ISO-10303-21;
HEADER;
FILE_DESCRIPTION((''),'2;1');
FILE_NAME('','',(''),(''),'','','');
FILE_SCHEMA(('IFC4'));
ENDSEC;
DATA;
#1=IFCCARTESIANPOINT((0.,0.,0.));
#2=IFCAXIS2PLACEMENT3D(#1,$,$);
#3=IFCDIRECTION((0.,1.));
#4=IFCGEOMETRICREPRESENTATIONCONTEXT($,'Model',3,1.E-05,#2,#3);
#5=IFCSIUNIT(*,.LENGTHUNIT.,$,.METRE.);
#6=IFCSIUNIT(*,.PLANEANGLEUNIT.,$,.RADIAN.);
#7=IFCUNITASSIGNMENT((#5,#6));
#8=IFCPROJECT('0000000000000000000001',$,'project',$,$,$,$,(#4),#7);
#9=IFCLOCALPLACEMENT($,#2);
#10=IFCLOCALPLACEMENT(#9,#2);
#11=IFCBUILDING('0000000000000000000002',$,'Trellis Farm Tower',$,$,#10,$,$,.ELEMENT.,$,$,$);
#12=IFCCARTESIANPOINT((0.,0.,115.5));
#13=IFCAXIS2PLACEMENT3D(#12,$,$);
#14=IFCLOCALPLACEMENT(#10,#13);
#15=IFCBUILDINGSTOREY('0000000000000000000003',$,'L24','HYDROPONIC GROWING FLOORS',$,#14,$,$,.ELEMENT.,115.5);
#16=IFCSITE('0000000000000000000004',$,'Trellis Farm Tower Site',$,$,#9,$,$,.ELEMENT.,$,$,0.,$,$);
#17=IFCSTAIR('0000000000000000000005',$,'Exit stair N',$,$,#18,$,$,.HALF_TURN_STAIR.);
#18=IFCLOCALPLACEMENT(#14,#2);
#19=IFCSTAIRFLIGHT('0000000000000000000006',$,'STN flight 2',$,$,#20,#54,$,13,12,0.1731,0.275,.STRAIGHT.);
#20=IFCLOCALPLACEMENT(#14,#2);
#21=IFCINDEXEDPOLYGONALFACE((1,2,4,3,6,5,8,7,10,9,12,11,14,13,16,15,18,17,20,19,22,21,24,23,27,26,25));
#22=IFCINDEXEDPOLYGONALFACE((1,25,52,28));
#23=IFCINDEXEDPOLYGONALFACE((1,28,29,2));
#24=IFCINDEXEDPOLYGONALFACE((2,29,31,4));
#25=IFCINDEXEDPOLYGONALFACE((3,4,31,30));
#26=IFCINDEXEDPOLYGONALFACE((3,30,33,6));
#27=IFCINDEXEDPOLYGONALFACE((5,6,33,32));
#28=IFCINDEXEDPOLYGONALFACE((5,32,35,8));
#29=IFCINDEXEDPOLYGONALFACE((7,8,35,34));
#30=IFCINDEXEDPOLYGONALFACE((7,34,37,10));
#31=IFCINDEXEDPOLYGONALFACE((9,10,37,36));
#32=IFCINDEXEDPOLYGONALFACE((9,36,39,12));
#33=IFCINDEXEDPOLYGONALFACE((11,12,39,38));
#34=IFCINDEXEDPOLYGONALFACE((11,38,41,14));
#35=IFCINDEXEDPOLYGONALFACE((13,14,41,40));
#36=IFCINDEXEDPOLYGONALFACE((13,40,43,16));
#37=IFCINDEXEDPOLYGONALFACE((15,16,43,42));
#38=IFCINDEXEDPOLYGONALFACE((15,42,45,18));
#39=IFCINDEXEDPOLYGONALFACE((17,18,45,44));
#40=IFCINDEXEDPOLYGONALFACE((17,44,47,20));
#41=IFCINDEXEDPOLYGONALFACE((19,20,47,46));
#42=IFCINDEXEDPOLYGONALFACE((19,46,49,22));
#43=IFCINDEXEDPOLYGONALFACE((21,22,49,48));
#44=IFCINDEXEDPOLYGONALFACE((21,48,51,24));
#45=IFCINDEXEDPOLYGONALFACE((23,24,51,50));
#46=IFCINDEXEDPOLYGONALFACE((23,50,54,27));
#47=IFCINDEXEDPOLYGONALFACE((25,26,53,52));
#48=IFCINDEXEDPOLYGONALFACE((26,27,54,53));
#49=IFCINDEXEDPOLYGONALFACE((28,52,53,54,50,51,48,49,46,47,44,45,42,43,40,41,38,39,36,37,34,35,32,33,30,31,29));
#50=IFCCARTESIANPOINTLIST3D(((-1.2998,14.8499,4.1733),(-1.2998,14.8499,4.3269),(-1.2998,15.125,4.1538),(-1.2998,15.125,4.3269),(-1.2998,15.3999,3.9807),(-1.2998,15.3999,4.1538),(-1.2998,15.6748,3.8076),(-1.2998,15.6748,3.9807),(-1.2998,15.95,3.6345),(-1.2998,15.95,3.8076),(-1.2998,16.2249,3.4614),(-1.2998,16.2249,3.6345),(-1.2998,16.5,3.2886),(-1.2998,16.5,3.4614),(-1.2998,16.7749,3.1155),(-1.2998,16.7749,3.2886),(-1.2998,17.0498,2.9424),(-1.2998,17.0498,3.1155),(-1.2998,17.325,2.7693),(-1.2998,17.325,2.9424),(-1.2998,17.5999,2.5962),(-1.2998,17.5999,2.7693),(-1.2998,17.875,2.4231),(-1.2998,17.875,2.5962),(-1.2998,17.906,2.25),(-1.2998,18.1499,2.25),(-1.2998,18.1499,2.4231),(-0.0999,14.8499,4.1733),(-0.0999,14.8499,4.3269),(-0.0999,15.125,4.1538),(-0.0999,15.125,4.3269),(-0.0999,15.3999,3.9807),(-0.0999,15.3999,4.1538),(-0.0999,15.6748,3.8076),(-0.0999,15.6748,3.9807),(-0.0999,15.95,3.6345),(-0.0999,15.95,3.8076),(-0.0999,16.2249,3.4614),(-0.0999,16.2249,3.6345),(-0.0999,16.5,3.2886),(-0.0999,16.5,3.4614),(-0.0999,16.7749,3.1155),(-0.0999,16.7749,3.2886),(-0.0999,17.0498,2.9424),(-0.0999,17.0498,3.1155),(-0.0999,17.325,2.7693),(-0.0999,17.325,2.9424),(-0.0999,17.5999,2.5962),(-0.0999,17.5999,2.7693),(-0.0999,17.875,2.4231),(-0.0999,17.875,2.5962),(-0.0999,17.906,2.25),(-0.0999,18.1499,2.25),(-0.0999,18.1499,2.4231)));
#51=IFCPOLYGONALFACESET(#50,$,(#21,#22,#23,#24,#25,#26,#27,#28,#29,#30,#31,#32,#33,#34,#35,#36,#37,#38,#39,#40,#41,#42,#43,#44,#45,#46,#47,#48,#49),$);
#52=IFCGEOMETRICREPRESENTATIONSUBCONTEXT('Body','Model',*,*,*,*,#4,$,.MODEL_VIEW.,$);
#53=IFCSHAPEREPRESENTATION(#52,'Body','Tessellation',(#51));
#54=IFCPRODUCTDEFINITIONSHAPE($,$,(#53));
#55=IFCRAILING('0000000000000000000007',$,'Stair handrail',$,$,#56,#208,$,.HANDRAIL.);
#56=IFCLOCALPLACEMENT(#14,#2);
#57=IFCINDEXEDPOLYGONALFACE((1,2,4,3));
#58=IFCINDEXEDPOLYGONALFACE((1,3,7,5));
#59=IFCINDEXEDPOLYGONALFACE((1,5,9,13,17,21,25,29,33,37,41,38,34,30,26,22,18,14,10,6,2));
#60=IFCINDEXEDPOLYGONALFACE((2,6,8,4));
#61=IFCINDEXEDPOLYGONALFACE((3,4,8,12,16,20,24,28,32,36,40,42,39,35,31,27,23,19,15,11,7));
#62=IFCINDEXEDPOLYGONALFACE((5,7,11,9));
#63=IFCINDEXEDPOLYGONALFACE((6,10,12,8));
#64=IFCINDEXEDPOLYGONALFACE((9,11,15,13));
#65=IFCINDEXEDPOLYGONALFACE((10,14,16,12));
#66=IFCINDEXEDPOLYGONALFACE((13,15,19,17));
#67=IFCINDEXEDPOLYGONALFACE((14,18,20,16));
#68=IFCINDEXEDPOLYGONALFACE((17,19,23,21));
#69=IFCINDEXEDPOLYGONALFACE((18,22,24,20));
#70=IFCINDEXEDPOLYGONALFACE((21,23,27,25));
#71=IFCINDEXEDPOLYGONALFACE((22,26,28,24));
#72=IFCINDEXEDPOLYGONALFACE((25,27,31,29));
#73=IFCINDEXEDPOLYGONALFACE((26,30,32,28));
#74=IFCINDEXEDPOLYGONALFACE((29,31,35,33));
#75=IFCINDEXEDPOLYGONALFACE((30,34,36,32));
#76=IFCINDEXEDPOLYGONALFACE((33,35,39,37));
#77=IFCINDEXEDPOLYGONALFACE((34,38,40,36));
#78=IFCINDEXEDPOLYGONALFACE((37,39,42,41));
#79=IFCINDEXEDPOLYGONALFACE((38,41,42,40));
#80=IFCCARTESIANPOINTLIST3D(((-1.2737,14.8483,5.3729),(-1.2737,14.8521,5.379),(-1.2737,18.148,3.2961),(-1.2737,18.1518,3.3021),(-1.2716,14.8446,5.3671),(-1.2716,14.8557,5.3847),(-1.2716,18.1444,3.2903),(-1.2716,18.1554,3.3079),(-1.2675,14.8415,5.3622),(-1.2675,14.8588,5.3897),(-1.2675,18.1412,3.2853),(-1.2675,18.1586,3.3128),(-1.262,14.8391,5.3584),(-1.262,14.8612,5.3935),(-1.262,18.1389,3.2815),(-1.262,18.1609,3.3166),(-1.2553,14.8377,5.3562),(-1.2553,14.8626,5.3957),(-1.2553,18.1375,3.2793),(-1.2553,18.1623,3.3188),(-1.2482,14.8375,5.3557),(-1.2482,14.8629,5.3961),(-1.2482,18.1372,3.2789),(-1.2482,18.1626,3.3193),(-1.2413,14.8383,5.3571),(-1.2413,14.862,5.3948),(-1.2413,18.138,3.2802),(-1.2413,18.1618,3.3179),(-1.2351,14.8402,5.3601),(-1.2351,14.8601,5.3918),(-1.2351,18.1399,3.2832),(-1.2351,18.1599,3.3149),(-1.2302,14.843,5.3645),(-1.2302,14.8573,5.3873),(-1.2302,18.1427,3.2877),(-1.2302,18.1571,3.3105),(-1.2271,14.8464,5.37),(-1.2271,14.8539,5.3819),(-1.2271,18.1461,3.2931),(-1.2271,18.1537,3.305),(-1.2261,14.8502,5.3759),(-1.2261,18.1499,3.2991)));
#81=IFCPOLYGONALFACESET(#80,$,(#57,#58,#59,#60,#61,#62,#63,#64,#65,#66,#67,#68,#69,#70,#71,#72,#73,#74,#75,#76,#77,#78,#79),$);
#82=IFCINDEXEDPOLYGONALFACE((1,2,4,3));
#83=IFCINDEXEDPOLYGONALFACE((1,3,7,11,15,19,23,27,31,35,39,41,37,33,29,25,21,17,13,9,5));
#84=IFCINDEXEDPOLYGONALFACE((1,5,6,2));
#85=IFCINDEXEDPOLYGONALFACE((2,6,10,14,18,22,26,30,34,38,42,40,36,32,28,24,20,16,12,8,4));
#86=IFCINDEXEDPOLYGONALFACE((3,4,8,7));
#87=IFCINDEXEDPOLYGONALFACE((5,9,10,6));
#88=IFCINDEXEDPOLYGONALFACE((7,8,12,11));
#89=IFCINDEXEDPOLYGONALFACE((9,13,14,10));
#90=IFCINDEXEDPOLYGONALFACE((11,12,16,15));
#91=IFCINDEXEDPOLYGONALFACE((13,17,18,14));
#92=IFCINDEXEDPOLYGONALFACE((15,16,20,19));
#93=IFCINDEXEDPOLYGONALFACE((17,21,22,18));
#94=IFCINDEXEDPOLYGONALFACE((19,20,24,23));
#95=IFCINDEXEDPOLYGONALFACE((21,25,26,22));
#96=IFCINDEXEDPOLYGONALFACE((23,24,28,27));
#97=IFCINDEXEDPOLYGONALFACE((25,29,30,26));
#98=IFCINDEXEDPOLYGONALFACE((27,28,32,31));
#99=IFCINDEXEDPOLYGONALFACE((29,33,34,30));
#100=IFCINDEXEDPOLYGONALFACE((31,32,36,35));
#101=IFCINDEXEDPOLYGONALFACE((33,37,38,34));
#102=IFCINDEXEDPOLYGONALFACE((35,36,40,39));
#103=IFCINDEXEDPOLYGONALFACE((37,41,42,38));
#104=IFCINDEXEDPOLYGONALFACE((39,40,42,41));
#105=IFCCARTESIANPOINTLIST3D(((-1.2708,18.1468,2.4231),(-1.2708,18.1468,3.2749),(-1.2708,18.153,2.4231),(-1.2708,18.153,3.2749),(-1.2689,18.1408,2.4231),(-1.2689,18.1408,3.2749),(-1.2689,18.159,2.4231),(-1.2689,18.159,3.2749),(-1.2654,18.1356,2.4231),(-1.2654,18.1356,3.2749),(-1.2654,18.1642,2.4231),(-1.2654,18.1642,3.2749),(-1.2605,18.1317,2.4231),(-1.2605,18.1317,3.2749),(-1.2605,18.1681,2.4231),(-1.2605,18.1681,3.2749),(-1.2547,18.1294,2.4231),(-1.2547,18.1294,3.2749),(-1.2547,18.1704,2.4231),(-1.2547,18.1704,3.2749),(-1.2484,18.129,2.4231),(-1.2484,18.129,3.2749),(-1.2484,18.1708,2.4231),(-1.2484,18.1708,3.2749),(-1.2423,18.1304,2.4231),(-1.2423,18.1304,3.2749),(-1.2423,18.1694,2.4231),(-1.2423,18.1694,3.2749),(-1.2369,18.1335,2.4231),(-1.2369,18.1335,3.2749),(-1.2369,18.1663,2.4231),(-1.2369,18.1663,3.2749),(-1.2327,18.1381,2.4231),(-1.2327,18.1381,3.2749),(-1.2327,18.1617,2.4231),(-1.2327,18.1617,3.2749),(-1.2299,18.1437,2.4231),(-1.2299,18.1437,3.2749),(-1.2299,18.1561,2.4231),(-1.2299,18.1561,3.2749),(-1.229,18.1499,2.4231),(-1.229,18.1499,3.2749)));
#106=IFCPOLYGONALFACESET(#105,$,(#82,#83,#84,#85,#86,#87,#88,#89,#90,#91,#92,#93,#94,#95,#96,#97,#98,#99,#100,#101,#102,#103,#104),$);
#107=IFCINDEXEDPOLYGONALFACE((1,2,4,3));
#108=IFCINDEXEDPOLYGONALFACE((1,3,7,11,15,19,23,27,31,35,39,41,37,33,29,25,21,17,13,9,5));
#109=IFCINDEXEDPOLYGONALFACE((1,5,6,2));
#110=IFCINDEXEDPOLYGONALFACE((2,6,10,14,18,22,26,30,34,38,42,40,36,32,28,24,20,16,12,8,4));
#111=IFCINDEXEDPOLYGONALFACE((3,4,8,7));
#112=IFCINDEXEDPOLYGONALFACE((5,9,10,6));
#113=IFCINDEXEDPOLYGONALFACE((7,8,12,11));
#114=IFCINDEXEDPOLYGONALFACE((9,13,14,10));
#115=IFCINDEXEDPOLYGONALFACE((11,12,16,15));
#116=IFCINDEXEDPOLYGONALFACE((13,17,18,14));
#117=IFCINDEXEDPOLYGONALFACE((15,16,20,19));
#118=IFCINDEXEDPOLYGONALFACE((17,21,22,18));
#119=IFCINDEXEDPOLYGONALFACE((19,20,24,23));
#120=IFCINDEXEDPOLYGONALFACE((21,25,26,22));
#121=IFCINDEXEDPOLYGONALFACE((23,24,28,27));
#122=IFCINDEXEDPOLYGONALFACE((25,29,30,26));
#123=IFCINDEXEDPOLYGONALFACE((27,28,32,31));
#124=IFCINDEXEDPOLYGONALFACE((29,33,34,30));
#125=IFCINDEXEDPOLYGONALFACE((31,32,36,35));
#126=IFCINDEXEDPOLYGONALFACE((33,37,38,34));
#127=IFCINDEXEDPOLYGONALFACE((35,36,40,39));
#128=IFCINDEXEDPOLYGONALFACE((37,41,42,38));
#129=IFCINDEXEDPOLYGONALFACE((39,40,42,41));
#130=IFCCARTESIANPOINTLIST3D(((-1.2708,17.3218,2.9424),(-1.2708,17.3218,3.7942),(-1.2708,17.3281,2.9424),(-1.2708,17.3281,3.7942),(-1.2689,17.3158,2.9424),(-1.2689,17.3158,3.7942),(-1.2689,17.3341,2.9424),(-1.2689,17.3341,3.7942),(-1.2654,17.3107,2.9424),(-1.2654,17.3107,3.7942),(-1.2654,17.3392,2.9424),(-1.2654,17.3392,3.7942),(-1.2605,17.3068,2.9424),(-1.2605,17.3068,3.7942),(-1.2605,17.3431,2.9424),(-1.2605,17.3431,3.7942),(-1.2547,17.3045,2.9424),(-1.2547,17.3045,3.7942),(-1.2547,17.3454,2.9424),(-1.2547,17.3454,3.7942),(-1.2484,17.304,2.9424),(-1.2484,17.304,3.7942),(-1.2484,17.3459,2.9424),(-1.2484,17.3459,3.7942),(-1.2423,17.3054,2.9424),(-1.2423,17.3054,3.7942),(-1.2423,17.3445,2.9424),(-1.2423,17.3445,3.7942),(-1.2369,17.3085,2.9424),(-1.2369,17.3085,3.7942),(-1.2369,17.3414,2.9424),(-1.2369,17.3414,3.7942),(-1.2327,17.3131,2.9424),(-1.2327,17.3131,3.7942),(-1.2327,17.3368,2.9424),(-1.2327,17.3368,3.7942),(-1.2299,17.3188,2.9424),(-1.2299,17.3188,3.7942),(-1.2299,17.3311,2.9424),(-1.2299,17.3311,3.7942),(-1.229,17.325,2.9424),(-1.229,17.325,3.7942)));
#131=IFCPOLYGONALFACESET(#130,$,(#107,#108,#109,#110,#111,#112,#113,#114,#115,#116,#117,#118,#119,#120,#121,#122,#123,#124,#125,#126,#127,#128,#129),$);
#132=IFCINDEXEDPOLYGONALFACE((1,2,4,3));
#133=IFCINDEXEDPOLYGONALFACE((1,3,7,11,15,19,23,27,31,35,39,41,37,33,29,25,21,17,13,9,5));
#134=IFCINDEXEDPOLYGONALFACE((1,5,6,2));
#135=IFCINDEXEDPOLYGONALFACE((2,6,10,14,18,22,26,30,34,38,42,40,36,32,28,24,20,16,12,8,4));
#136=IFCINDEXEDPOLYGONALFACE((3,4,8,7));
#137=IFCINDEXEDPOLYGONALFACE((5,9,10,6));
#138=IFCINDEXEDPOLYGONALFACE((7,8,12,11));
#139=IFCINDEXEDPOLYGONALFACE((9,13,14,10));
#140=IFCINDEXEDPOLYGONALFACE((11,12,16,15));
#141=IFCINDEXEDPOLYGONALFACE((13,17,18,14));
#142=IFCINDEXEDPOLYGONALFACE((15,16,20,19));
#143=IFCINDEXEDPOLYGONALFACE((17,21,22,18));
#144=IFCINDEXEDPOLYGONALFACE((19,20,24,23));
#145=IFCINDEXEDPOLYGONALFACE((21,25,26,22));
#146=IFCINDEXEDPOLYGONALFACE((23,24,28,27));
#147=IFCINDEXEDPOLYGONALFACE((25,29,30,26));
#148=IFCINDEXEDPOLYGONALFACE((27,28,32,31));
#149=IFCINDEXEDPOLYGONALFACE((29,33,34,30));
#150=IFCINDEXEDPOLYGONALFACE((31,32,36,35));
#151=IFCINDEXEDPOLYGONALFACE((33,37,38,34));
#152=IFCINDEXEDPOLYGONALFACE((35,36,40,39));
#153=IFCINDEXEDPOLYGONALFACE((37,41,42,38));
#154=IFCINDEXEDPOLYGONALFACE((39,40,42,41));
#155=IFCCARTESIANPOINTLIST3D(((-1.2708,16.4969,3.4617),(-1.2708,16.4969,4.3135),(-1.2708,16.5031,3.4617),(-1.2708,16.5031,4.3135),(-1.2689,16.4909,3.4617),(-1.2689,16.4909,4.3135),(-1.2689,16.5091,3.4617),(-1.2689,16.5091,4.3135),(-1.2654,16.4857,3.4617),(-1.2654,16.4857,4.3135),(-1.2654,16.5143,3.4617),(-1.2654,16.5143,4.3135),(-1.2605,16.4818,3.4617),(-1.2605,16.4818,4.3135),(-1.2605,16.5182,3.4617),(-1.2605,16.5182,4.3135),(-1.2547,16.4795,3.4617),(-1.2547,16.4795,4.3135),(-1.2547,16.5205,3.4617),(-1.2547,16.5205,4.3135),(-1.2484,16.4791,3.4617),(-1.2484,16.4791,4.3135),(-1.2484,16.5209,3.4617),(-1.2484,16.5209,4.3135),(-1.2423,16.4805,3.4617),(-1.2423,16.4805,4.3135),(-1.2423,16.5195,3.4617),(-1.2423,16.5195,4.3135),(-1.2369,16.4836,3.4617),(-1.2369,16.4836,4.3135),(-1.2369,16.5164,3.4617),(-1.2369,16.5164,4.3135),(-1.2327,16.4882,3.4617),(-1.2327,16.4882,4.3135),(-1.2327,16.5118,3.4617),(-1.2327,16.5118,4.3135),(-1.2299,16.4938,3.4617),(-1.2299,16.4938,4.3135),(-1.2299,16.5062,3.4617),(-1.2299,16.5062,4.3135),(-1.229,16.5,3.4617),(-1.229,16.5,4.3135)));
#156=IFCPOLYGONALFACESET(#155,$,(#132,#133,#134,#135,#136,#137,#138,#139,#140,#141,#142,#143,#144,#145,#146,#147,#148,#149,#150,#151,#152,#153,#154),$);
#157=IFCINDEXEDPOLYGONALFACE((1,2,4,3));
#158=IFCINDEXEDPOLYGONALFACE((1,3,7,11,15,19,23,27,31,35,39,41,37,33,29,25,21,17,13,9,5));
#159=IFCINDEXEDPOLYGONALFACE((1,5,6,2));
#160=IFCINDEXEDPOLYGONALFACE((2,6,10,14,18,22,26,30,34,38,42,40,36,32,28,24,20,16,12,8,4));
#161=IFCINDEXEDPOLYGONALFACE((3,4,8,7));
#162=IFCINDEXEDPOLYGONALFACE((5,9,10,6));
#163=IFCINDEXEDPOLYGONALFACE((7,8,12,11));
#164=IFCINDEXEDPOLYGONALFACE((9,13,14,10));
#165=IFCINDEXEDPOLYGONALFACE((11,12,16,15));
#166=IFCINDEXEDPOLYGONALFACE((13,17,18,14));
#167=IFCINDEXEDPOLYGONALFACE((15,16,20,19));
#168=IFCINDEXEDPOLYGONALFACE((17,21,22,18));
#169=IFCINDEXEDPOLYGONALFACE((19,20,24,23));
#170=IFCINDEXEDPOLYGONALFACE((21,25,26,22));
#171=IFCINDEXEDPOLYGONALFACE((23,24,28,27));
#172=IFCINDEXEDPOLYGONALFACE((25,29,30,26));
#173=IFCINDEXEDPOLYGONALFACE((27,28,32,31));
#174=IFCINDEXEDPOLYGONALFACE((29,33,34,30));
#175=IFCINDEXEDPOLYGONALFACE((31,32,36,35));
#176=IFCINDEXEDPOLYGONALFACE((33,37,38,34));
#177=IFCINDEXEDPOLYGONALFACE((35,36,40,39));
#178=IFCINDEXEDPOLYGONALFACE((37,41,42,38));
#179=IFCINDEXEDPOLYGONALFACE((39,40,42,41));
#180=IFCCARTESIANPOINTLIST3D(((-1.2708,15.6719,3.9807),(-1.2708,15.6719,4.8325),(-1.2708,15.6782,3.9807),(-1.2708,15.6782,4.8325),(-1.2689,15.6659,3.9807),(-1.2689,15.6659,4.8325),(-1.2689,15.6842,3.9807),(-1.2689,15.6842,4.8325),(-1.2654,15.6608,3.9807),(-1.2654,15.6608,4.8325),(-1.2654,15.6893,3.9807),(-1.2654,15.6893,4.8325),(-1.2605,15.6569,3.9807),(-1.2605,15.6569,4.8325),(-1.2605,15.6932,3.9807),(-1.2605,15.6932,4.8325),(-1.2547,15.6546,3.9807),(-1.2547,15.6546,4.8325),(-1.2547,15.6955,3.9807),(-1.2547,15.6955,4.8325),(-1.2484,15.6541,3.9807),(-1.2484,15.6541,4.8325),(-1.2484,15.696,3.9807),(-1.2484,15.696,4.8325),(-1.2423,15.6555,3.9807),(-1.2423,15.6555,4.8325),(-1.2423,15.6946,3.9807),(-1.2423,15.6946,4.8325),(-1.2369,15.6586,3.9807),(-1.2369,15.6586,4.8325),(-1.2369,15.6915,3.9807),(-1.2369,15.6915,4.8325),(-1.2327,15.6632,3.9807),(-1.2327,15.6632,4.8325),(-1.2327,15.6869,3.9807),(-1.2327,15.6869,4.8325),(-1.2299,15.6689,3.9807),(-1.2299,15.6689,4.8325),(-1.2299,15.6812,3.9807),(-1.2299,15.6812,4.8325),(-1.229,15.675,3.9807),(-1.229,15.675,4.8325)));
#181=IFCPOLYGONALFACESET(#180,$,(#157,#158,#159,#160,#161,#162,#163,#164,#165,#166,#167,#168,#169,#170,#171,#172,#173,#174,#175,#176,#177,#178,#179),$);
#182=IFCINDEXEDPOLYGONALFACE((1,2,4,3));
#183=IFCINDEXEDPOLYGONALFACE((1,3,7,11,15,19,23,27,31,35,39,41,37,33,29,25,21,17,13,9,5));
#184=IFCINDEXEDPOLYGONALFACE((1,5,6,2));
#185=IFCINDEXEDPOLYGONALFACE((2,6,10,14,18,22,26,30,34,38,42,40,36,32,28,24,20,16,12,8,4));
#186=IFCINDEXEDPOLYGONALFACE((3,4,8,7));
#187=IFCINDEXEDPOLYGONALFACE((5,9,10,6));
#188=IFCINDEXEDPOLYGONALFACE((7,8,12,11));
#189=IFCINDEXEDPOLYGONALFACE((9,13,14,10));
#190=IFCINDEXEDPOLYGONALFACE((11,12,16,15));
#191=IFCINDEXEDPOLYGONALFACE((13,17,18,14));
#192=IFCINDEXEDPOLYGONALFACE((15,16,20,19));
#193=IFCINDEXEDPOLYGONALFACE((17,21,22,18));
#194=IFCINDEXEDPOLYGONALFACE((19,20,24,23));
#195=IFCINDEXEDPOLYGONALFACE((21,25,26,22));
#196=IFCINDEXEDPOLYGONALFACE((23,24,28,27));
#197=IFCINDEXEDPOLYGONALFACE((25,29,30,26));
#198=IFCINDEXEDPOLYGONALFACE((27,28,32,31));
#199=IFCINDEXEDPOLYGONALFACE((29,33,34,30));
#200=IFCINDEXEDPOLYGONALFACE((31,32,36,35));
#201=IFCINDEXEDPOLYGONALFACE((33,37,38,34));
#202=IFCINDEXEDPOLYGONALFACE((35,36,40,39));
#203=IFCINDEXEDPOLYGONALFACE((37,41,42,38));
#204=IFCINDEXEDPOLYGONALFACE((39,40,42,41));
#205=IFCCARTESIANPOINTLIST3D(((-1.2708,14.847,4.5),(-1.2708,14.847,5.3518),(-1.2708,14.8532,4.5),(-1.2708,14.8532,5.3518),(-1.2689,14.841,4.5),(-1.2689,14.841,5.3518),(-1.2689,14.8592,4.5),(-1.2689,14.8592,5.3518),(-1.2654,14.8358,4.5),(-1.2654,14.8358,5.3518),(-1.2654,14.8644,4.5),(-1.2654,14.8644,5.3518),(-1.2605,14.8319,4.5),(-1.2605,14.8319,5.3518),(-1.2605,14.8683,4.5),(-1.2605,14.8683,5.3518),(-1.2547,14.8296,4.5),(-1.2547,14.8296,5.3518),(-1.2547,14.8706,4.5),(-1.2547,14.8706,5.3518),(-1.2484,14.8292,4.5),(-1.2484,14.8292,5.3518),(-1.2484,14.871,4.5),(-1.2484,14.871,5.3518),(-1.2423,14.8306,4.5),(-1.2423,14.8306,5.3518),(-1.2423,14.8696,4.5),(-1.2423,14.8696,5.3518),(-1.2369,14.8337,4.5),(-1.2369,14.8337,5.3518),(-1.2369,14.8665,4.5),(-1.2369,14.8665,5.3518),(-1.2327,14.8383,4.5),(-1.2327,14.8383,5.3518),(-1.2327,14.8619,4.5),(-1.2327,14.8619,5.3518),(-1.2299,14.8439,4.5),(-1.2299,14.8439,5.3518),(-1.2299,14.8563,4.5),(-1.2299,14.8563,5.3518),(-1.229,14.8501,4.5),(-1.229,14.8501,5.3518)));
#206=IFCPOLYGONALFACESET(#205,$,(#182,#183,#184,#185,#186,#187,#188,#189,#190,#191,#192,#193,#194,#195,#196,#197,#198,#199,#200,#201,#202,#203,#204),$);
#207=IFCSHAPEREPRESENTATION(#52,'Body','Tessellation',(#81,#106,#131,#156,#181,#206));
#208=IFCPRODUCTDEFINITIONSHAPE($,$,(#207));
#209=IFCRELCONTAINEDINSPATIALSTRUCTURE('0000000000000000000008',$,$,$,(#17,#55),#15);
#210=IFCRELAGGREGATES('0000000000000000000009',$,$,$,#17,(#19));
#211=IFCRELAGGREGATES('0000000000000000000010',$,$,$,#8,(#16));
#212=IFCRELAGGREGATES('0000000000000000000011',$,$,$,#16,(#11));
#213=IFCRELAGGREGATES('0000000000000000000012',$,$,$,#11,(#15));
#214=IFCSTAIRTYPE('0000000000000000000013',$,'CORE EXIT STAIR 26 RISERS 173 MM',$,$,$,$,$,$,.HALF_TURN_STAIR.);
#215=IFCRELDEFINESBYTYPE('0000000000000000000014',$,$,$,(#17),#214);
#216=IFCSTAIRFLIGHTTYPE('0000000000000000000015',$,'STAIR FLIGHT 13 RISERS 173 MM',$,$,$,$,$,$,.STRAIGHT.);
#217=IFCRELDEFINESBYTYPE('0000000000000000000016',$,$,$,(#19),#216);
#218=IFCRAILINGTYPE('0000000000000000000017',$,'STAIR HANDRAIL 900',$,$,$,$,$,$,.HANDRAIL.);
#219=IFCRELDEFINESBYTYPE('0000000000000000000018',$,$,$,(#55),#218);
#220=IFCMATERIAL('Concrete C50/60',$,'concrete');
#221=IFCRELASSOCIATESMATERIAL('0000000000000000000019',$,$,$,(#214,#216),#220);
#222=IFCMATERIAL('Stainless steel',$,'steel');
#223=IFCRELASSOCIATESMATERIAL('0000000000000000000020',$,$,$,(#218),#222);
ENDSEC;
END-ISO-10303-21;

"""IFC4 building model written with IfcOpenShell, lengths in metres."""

from ifc_helpers import new_model, si_unit, direction, frame, origin, origin_2d, place, context, subcontext, project, spatial, polyline, circle, outline, extrude, source, transform, mapped, material, type_object, element, aggregate, save


model = new_model("IFC4")

# Units and contexts
model_context = context("Model", 3, precision=1e-05, world=origin(), true_north=direction((0.0, 1.0)))
body_context = subcontext(model_context, "Body", "Model", "MODEL_VIEW")
ifc_project = project(units=[si_unit("LENGTHUNIT", "METRE"), si_unit("PLANEANGLEUNIT", "RADIAN")], contexts=[model_context])

# Site, building, storey
site_placement = place(None, origin())
site = spatial("IfcSite", under=ifc_project, at=site_placement, Name="Trellis Farm Tower Site", CompositionType="ELEMENT", RefElevation=0.0)
building_placement = place(site_placement, origin())
building = spatial("IfcBuilding", under=site, at=building_placement, Name="Trellis Farm Tower", CompositionType="ELEMENT")
storey_placement = place(building_placement, frame((0.0, 0.0, 115.5)))
storey = spatial("IfcBuildingStorey", under=building, at=storey_placement, Name="L24", Description="HYDROPONIC GROWING FLOORS", CompositionType="ELEMENT", Elevation=115.5)

# Stair, stair flight
ifc_material_1 = material(Name="Concrete C50/60", Category="concrete")
stair_type = type_object("IfcStairType", Name="CORE EXIT STAIR 26 RISERS 173 MM", PredefinedType="HALF_TURN_STAIR", material=ifc_material_1)
stair_placement = place(storey_placement, origin())
stair = element("IfcStair", 1, at=stair_placement, inside=storey, type_object=stair_type, Name="Exit stair N", PredefinedType="HALF_TURN_STAIR")
stair_flight_type = type_object("IfcStairFlightType", Name="STAIR FLIGHT 13 RISERS 173 MM", PredefinedType="STRAIGHT", material=ifc_material_1)
shared_shape_1 = source(origin(), body_context, "Body", "SweptSolid", [
    extrude(outline(polyline([(0.0, 0.0), (0.0, 0.1731), (0.2749, 0.1731), (0.2749, 0.3462), (0.55, 0.3462), (0.55, 0.5193), (0.825, 0.5193), (0.825, 0.6924), (1.1001, 0.6924), (1.1001, 0.8655), (1.375, 0.8655), (1.375, 1.0386), (1.6499, 1.0386), (1.6499, 1.2114), (1.925, 1.2114), (1.925, 1.3845), (2.2, 1.3845), (2.2, 1.5576), (2.4751, 1.5576), (2.4751, 1.7307), (2.75, 1.7307), (2.75, 1.9038), (3.0249, 1.9038), (3.0249, 2.0769), (3.3, 2.0769), (3.3, 2.25), (3.3, 1.9233), (0.2439, 0.0), (0.0, 0.0)])), frame((0.0, 0.6001, 0.0), z_axis=(0.0, -1.0, 0.0), x_axis=(1.0, 0.0, 0.0)), (0.0, 0.0, 1.0), 1.2),
])
stair_flight_placement = place(storey_placement, frame((-0.7, 18.1499, 2.25), z_axis=(0.0, 0.0, 1.0), x_axis=(0.0, -1.0, 0.0)))
stair_flight = element("IfcStairFlight", 2, at=stair_flight_placement, type_object=stair_flight_type, Name="STN flight 2", NumberOfRisers=13, NumberOfTreads=12, PredefinedType="STRAIGHT", RiserHeight=0.1731, TreadLength=0.275, context=body_context, shape_type="MappedRepresentation", body=[
    mapped(shared_shape_1, transform((0.0, 0.0, 0.0))),
])
aggregate(stair, [stair_flight])

# Railing
ifc_material_2 = material(Name="Stainless steel", Category="steel")
railing_type = type_object("IfcRailingType", Name="STAIR HANDRAIL 900", PredefinedType="HANDRAIL", material=ifc_material_2)
shared_shape_2 = source(origin(), body_context, "Body", "SweptSolid", [
    extrude(circle(Radius=0.0239, at=origin_2d()), frame((0.0, 0.0, 0.876), z_axis=(0.0, -0.84632, 0.532675), x_axis=(1.0, 0.0, 0.0)), (0.0, 0.0, 1.0), 3.8989),
    extrude(circle(Radius=0.021, at=origin_2d()), origin(), (0.0, 0.0, 1.0), 0.8518),
    extrude(circle(Radius=0.021, at=origin_2d()), frame((0.0, -0.825, 0.5193)), (0.0, 0.0, 1.0), 0.8518),
    extrude(circle(Radius=0.021, at=origin_2d()), frame((0.0, -1.6499, 1.0386)), (0.0, 0.0, 1.0), 0.8518),
    extrude(circle(Radius=0.021, at=origin_2d()), frame((0.0, -2.4749, 1.5576)), (0.0, 0.0, 1.0), 0.8518),
    extrude(circle(Radius=0.021, at=origin_2d()), frame((0.0, -3.2998, 2.0769)), (0.0, 0.0, 1.0), 0.8518),
])
railing_placement = place(storey_placement, frame((-1.25, 18.1499, 2.4231)))
element("IfcRailing", 3, at=railing_placement, inside=storey, type_object=railing_type, Name="Stair handrail", PredefinedType="HANDRAIL", context=body_context, shape_type="MappedRepresentation", body=[
    mapped(shared_shape_2, transform((0.0, 0.0, 0.0))),
])

save(model, "model.ifc")
